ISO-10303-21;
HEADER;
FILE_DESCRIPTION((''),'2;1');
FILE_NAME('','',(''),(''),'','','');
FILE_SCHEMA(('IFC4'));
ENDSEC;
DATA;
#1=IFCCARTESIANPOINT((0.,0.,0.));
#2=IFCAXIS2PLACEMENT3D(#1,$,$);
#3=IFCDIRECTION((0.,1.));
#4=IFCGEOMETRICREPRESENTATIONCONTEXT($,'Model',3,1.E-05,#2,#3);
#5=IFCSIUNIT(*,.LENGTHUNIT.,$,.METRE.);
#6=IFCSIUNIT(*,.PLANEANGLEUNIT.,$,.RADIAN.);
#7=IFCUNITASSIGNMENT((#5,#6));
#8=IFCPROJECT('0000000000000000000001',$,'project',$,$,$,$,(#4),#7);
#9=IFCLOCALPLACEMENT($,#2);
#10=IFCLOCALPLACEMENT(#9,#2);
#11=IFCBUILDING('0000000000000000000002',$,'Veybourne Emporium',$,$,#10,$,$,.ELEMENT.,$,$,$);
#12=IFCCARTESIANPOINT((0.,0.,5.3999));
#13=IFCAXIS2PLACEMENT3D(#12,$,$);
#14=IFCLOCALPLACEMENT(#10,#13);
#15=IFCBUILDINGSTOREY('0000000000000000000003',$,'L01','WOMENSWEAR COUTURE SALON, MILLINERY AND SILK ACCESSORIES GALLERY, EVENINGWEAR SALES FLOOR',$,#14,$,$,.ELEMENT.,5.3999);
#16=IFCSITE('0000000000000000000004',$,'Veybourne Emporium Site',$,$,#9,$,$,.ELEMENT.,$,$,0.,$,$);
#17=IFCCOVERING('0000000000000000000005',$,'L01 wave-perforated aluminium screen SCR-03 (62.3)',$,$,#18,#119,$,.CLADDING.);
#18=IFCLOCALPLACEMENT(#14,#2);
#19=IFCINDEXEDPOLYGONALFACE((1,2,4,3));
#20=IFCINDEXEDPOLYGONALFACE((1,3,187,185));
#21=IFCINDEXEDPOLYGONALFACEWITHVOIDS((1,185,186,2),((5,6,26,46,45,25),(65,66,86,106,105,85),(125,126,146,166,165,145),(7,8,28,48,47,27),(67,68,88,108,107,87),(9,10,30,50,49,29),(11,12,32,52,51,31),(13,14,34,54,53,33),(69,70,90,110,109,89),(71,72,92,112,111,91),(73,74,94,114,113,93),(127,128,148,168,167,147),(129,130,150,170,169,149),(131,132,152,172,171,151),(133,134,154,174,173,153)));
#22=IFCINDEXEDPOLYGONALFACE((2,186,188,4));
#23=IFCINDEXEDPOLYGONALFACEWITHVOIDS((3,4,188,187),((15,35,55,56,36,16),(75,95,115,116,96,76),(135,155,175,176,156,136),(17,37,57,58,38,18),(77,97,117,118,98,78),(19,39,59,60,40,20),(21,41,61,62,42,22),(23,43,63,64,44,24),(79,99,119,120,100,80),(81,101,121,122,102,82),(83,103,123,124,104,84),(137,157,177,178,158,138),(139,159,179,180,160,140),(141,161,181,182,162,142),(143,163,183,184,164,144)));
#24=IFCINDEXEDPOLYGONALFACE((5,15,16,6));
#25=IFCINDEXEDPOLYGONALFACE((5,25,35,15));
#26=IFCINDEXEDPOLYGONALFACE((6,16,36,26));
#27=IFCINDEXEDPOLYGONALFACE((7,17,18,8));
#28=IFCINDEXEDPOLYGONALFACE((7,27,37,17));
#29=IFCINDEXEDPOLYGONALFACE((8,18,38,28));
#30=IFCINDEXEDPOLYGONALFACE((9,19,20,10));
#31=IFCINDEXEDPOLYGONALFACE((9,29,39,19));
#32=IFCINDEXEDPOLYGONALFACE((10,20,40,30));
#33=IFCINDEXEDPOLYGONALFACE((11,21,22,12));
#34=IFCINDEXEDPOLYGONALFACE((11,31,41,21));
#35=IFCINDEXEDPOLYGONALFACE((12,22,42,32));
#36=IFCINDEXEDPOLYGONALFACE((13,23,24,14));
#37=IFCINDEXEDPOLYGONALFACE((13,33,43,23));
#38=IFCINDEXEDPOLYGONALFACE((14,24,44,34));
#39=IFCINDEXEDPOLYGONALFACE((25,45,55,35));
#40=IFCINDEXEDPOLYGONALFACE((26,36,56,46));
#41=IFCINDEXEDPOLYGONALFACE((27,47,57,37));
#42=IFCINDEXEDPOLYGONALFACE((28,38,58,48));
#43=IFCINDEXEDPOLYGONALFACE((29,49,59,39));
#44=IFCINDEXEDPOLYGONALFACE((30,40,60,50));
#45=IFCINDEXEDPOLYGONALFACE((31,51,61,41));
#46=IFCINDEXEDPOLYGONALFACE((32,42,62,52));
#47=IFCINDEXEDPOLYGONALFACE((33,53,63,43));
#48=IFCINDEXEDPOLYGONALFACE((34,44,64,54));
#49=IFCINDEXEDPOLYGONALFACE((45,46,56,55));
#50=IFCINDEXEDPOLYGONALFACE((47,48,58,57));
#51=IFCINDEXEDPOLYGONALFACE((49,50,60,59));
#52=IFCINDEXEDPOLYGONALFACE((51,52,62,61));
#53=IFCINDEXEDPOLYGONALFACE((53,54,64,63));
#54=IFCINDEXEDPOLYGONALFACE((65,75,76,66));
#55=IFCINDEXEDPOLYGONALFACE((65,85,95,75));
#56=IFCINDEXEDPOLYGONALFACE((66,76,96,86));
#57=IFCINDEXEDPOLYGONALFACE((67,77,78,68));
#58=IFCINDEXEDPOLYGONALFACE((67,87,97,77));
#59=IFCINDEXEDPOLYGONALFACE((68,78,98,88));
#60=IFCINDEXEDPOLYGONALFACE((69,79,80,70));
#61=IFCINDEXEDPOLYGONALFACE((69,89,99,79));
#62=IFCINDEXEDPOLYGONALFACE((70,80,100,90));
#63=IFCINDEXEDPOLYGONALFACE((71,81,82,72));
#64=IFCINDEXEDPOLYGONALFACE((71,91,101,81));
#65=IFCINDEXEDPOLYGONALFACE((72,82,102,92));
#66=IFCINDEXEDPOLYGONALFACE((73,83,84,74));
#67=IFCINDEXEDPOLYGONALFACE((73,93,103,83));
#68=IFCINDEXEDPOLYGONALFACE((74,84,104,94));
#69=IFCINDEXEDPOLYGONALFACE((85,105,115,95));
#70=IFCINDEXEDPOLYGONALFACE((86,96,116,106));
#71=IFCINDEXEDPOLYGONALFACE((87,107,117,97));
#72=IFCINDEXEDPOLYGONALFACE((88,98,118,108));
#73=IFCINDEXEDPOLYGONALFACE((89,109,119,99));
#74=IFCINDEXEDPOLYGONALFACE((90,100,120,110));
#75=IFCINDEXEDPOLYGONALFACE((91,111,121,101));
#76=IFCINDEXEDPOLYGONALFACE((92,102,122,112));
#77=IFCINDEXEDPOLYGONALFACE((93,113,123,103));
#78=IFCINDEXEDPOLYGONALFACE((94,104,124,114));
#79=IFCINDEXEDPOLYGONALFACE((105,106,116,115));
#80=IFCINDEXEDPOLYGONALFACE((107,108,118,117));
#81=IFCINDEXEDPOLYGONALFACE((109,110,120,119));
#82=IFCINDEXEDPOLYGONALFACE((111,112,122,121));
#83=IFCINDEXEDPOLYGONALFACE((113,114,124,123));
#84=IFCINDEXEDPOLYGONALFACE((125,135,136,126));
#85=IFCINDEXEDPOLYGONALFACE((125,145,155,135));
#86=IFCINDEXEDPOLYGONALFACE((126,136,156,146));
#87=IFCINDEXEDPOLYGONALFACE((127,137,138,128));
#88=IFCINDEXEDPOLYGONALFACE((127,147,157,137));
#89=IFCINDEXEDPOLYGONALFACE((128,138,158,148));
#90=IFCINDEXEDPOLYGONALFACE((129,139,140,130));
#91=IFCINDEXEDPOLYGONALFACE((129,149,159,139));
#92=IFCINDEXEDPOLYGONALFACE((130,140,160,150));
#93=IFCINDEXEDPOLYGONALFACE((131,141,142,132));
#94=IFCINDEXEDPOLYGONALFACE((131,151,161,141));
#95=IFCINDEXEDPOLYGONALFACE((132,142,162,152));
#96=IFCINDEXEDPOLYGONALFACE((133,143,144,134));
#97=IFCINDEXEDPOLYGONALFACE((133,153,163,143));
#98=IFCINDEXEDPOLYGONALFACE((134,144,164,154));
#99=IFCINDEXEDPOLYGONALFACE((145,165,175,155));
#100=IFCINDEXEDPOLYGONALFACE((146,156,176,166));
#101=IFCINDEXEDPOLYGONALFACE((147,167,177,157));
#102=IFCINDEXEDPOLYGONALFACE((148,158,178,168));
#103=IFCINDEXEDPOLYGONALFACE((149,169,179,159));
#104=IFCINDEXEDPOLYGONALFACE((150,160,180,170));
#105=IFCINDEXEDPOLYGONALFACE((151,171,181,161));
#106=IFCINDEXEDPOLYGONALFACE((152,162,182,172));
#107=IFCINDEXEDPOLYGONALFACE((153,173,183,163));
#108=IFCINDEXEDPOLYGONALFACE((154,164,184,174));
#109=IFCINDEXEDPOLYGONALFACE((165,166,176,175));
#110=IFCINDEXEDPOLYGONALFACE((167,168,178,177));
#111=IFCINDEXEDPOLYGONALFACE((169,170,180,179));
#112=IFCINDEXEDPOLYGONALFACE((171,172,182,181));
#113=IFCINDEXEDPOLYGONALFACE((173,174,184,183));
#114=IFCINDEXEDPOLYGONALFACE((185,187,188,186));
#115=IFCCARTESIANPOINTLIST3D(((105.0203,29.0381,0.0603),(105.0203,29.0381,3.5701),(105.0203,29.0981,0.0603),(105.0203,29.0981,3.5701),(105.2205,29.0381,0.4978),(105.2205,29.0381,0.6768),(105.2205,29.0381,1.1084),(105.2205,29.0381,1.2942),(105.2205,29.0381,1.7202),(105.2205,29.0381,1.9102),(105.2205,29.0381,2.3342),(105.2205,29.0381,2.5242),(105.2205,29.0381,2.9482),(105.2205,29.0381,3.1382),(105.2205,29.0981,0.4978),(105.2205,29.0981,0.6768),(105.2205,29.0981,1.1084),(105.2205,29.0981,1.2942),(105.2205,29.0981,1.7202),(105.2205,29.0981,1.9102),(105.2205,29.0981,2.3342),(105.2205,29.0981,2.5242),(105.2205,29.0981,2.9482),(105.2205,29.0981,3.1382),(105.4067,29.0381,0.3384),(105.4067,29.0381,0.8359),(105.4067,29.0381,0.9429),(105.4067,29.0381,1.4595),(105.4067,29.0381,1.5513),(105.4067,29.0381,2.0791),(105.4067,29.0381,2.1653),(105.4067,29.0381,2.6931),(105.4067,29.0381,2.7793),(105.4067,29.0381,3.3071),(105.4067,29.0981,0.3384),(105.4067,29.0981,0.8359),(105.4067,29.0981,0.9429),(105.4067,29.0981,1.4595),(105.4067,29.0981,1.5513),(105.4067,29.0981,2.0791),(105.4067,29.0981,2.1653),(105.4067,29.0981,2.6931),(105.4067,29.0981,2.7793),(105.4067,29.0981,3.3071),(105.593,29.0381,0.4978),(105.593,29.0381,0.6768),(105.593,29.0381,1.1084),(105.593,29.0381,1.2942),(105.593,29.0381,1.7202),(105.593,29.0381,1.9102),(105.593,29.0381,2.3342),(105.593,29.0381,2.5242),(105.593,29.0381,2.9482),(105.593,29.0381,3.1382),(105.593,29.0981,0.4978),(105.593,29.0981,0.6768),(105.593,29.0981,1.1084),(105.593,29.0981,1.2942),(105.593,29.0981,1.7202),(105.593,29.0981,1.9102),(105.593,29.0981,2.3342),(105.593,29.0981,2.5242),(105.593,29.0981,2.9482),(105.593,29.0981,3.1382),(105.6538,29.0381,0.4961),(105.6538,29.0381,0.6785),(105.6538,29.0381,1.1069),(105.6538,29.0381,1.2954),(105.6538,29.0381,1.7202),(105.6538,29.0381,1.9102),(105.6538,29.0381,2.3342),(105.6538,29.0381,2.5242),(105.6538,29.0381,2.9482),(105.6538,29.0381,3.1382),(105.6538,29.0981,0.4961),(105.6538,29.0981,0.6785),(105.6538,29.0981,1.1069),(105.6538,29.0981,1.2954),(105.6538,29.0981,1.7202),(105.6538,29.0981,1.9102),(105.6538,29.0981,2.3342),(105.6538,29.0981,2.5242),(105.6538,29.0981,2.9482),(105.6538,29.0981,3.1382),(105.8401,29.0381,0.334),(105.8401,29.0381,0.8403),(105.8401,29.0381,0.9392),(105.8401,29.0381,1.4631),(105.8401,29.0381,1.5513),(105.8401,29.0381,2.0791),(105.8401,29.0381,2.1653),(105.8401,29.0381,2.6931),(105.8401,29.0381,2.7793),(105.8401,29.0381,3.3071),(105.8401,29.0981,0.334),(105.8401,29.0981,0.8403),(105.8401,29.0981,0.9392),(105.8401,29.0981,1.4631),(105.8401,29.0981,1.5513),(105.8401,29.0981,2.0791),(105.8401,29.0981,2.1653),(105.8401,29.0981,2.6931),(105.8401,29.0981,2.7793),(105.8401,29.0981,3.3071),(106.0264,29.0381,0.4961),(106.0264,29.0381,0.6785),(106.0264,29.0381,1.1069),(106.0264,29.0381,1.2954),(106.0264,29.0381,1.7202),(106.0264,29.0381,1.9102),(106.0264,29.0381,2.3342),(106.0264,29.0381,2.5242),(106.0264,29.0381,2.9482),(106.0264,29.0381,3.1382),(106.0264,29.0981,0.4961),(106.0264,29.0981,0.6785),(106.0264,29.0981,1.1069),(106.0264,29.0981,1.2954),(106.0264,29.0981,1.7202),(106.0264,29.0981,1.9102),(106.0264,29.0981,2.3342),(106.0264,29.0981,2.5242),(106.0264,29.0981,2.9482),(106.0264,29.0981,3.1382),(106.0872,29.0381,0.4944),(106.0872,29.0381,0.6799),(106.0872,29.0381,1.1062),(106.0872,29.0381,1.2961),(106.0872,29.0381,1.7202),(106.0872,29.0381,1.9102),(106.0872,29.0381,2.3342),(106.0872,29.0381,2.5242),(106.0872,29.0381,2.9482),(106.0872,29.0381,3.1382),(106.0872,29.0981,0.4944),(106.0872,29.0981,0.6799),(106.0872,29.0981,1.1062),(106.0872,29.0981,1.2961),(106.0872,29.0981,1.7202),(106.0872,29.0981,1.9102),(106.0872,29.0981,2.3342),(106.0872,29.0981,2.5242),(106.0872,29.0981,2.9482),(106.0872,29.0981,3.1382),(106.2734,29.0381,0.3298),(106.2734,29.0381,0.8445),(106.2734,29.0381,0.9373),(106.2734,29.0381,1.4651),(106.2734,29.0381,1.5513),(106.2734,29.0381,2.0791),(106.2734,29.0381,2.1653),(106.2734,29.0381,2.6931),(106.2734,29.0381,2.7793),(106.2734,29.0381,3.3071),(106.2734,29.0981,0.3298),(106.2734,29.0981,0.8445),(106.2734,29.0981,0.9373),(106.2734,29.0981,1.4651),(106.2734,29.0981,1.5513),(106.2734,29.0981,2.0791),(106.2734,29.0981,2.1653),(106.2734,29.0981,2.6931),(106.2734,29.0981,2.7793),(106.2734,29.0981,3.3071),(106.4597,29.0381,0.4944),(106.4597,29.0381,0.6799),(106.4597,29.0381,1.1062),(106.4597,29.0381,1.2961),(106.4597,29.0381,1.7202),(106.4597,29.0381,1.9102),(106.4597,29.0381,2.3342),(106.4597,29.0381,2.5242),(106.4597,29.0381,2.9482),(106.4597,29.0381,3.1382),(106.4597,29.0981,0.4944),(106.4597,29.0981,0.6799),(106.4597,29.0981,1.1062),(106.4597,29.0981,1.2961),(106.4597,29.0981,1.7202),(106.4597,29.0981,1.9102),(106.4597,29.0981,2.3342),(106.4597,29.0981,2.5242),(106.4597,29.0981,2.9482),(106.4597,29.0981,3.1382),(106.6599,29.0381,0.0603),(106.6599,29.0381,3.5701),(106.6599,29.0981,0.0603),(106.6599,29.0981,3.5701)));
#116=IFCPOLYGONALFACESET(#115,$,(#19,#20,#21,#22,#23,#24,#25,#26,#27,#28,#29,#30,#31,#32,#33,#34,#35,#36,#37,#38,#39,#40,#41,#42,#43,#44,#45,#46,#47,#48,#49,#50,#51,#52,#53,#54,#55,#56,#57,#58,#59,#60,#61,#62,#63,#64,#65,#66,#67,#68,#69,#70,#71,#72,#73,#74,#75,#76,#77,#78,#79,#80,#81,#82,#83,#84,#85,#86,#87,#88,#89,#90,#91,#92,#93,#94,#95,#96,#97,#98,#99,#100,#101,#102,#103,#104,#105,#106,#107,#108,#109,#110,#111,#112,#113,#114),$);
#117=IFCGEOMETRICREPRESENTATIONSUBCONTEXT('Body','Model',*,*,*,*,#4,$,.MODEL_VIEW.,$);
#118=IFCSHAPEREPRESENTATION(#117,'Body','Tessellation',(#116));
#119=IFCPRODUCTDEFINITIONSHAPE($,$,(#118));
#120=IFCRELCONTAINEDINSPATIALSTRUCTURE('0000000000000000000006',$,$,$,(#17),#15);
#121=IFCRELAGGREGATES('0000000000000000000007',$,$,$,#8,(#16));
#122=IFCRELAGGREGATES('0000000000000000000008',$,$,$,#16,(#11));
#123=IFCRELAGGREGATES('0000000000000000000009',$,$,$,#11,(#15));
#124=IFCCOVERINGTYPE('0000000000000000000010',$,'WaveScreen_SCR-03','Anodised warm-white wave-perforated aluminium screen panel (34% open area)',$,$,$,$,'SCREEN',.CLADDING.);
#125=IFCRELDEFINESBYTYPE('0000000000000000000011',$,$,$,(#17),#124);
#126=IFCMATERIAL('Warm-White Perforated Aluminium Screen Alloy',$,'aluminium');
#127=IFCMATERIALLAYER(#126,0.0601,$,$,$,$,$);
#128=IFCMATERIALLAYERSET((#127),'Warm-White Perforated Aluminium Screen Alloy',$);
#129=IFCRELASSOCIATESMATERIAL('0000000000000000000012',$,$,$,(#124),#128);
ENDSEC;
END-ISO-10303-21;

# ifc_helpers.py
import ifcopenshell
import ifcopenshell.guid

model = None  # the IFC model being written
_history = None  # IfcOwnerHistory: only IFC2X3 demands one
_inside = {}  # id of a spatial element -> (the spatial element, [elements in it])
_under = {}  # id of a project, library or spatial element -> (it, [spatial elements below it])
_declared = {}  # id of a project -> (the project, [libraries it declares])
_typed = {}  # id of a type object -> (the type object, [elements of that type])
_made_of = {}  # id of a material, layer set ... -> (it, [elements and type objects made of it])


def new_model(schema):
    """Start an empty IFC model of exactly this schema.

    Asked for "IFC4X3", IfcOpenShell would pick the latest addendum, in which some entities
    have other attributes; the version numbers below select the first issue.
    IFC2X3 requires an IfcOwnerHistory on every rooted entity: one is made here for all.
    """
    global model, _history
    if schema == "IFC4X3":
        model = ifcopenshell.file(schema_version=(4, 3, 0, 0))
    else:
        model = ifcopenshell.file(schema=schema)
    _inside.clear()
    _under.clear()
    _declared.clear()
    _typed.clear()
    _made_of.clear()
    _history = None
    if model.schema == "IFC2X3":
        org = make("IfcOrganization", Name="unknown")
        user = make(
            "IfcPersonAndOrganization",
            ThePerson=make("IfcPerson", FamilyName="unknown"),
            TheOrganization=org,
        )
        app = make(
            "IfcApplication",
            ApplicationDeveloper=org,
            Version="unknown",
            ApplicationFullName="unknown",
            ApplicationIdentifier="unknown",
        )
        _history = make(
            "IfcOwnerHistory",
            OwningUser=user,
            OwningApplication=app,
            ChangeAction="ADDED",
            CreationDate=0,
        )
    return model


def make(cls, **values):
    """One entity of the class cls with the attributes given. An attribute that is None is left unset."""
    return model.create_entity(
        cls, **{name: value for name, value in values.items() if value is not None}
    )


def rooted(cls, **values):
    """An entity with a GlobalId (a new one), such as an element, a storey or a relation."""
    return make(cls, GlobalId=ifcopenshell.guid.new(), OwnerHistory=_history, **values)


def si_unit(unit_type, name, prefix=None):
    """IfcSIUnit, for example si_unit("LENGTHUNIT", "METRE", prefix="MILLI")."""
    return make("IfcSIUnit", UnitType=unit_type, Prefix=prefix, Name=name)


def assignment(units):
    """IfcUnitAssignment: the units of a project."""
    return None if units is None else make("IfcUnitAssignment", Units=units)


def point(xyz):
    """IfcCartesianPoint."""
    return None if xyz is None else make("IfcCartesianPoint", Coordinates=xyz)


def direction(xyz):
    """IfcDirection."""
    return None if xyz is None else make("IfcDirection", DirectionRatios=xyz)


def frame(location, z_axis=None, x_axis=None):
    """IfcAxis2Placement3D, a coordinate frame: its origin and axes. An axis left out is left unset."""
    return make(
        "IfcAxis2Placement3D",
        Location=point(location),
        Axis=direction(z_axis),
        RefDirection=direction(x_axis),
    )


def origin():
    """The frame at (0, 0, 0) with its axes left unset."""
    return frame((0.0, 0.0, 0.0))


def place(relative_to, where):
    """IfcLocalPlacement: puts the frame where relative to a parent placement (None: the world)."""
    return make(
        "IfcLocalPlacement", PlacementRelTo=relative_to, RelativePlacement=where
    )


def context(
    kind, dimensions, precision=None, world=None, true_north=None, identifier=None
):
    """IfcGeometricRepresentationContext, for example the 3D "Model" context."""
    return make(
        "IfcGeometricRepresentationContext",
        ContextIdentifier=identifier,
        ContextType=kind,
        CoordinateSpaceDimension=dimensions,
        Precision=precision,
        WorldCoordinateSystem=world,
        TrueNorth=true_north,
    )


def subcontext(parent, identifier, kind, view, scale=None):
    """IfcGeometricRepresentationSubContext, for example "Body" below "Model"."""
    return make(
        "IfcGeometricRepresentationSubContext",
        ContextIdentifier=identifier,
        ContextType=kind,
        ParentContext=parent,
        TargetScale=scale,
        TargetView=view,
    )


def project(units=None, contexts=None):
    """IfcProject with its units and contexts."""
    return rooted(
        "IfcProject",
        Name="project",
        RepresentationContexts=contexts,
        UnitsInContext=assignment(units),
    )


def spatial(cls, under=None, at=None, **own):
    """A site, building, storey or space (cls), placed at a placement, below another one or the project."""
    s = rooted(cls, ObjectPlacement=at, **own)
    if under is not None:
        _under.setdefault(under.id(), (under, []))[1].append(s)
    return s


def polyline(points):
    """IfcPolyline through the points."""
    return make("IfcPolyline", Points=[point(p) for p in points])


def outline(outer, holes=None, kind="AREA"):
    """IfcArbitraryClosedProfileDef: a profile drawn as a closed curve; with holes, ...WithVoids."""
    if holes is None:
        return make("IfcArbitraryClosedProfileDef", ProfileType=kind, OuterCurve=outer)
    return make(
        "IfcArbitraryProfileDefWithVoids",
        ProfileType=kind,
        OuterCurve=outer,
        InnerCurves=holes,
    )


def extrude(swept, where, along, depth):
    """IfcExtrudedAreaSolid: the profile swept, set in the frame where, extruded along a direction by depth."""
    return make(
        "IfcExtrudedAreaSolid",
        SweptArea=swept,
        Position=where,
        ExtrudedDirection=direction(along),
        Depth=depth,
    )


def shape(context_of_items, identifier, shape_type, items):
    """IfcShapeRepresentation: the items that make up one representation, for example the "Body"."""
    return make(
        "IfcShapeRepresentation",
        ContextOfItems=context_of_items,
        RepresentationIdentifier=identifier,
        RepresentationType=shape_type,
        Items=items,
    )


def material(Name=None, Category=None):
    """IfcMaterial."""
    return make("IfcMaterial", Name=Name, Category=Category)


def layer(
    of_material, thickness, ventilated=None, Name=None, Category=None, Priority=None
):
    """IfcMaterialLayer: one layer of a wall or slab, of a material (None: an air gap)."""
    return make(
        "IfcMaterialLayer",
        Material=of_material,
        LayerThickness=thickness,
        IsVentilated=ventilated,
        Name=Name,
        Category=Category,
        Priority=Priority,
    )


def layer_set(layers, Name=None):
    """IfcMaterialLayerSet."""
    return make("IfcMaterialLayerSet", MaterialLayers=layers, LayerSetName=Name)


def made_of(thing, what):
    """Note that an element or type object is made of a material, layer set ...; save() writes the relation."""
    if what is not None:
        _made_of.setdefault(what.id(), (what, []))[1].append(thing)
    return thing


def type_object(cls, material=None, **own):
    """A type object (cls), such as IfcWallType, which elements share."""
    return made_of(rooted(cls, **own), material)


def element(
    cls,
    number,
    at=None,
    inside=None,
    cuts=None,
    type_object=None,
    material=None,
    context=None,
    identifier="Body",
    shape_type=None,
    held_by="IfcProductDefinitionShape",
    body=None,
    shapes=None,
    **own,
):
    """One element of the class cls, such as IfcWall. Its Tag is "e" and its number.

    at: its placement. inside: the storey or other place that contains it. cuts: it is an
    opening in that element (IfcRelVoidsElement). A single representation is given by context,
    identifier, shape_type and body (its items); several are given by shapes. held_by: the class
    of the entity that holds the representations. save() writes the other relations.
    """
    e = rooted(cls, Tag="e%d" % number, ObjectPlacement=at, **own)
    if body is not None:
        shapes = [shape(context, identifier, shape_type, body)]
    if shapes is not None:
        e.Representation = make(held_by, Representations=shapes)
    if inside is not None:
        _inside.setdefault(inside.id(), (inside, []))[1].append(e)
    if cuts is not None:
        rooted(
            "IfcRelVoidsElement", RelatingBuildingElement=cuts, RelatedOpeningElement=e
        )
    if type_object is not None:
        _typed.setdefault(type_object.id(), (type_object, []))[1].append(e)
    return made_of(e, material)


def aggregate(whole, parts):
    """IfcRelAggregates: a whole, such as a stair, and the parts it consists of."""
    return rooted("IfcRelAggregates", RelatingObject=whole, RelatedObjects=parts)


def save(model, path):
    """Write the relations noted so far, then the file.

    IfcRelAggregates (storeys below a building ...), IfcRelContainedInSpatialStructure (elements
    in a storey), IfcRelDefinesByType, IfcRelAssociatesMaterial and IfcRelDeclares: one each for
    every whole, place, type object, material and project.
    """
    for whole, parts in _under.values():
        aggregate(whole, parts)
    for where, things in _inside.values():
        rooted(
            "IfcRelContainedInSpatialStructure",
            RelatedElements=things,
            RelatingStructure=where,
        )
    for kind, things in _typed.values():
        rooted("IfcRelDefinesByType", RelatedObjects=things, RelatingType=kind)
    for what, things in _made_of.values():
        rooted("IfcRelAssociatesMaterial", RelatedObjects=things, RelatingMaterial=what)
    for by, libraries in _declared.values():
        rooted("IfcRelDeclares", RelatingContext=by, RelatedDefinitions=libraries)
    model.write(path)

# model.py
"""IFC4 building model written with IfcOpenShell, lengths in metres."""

from ifc_helpers import new_model, si_unit, direction, frame, origin, place, context, subcontext, project, spatial, polyline, outline, extrude, material, layer, layer_set, type_object, element, save


model = new_model("IFC4")

# Units and contexts
model_context = context("Model", 3, precision=1e-05, world=origin(), true_north=direction((0.0, 1.0)))
body_context = subcontext(model_context, "Body", "Model", "MODEL_VIEW")
ifc_project = project(units=[si_unit("LENGTHUNIT", "METRE"), si_unit("PLANEANGLEUNIT", "RADIAN")], contexts=[model_context])

# Site, building, storey
site_placement = place(None, origin())
site = spatial("IfcSite", under=ifc_project, at=site_placement, Name="Veybourne Emporium Site", CompositionType="ELEMENT", RefElevation=0.0)
building_placement = place(site_placement, origin())
building = spatial("IfcBuilding", under=site, at=building_placement, Name="Veybourne Emporium", CompositionType="ELEMENT")
storey_placement = place(building_placement, frame((0.0, 0.0, 5.3999)))
storey = spatial("IfcBuildingStorey", under=building, at=storey_placement, Name="L01", Description="WOMENSWEAR COUTURE SALON, MILLINERY AND SILK ACCESSORIES GALLERY, EVENINGWEAR SALES FLOOR", CompositionType="ELEMENT", Elevation=5.3999)

# Covering
ifc_material_1 = material(Name="Warm-White Perforated Aluminium Screen Alloy", Category="aluminium")
ifc_layer_1 = layer(ifc_material_1, 0.0601)
ifc_layer_set_1 = layer_set([ifc_layer_1], Name="Warm-White Perforated Aluminium Screen Alloy")
covering_type_1 = type_object("IfcCoveringType", Name="WaveScreen_SCR-03", Description="Anodised warm-white wave-perforated aluminium screen panel (34% open area)", ElementType="SCREEN", PredefinedType="CLADDING", material=ifc_layer_set_1)
covering_1_placement = place(storey_placement, frame((105.8401, 29.0981, 1.8152), z_axis=(0.0, -1.0, 0.0), x_axis=(1.0, 0.0, 0.0)))
element("IfcCovering", 1, at=covering_1_placement, inside=storey, type_object=covering_type_1, Name="L01 wave-perforated aluminium screen SCR-03 (62.3)", PredefinedType="CLADDING", context=body_context, shape_type="SweptSolid", body=[
    extrude(outline(polyline([(-0.8198, -1.7549), (0.8198, -1.7549), (0.8198, 1.7549), (-0.8198, 1.7549), (-0.8198, -1.7549)]), holes=[polyline([(-0.4333, -0.9792), (-0.2471, -1.1384), (-0.2471, -1.3174), (-0.4333, -1.4768), (-0.6196, -1.3174), (-0.6196, -1.1384), (-0.4333, -0.9792)]), polyline([(-0.4333, -0.3557), (-0.2471, -0.521), (-0.2471, -0.7068), (-0.4333, -0.8723), (-0.6196, -0.7068), (-0.6196, -0.521), (-0.4333, -0.3557)]), polyline([(-0.4333, 0.2639), (-0.2471, 0.095), (-0.2471, -0.095), (-0.4333, -0.2639), (-0.6196, -0.095), (-0.6196, 0.095), (-0.4333, 0.2639)]), polyline([(-0.4333, 0.8779), (-0.2471, 0.709), (-0.2471, 0.519), (-0.4333, 0.3501), (-0.6196, 0.519), (-0.6196, 0.709), (-0.4333, 0.8779)]), polyline([(-0.4333, 1.4919), (-0.2471, 1.323), (-0.2471, 1.1331), (-0.4333, 0.9641), (-0.6196, 1.1331), (-0.6196, 1.323), (-0.4333, 1.4919)]), polyline([(0.0, -0.9749), (0.1863, -1.1367), (0.1863, -1.3191), (0.0, -1.4812), (-0.1863, -1.3191), (-0.1863, -1.1367), (0.0, -0.9749)]), polyline([(0.0, -0.3521), (0.1863, -0.5198), (0.1863, -0.7083), (0.0, -0.876), (-0.1863, -0.7083), (-0.1863, -0.5198), (0.0, -0.3521)]), polyline([(0.0, 0.2639), (0.1863, 0.095), (0.1863, -0.095), (0.0, -0.2639), (-0.1863, -0.095), (-0.1863, 0.095), (0.0, 0.2639)]), polyline([(0.0, 0.8779), (0.1863, 0.709), (0.1863, 0.519), (0.0, 0.3501), (-0.1863, 0.519), (-0.1863, 0.709), (0.0, 0.8779)]), polyline([(0.0, 1.4919), (0.1863, 1.323), (0.1863, 1.1331), (0.0, 0.9641), (-0.1863, 1.1331), (-0.1863, 1.323), (0.0, 1.4919)]), polyline([(0.4333, -0.9707), (0.6196, -1.1353), (0.6196, -1.3208), (0.4333, -1.4854), (0.2471, -1.3208), (0.2471, -1.1353), (0.4333, -0.9707)]), polyline([(0.4333, -0.3501), (0.6196, -0.519), (0.6196, -0.709), (0.4333, -0.8779), (0.2471, -0.709), (0.2471, -0.519), (0.4333, -0.3501)]), polyline([(0.4333, 0.2639), (0.6196, 0.095), (0.6196, -0.095), (0.4333, -0.2639), (0.2471, -0.095), (0.2471, 0.095), (0.4333, 0.2639)]), polyline([(0.4333, 0.8779), (0.6196, 0.709), (0.6196, 0.519), (0.4333, 0.3501), (0.2471, 0.519), (0.2471, 0.709), (0.4333, 0.8779)]), polyline([(0.4333, 1.4919), (0.6196, 1.323), (0.6196, 1.1331), (0.4333, 0.9641), (0.2471, 1.1331), (0.2471, 1.323), (0.4333, 1.4919)])]), origin(), (0.0, 0.0, 1.0), 0.0601),
])

save(model, "model.ifc")
